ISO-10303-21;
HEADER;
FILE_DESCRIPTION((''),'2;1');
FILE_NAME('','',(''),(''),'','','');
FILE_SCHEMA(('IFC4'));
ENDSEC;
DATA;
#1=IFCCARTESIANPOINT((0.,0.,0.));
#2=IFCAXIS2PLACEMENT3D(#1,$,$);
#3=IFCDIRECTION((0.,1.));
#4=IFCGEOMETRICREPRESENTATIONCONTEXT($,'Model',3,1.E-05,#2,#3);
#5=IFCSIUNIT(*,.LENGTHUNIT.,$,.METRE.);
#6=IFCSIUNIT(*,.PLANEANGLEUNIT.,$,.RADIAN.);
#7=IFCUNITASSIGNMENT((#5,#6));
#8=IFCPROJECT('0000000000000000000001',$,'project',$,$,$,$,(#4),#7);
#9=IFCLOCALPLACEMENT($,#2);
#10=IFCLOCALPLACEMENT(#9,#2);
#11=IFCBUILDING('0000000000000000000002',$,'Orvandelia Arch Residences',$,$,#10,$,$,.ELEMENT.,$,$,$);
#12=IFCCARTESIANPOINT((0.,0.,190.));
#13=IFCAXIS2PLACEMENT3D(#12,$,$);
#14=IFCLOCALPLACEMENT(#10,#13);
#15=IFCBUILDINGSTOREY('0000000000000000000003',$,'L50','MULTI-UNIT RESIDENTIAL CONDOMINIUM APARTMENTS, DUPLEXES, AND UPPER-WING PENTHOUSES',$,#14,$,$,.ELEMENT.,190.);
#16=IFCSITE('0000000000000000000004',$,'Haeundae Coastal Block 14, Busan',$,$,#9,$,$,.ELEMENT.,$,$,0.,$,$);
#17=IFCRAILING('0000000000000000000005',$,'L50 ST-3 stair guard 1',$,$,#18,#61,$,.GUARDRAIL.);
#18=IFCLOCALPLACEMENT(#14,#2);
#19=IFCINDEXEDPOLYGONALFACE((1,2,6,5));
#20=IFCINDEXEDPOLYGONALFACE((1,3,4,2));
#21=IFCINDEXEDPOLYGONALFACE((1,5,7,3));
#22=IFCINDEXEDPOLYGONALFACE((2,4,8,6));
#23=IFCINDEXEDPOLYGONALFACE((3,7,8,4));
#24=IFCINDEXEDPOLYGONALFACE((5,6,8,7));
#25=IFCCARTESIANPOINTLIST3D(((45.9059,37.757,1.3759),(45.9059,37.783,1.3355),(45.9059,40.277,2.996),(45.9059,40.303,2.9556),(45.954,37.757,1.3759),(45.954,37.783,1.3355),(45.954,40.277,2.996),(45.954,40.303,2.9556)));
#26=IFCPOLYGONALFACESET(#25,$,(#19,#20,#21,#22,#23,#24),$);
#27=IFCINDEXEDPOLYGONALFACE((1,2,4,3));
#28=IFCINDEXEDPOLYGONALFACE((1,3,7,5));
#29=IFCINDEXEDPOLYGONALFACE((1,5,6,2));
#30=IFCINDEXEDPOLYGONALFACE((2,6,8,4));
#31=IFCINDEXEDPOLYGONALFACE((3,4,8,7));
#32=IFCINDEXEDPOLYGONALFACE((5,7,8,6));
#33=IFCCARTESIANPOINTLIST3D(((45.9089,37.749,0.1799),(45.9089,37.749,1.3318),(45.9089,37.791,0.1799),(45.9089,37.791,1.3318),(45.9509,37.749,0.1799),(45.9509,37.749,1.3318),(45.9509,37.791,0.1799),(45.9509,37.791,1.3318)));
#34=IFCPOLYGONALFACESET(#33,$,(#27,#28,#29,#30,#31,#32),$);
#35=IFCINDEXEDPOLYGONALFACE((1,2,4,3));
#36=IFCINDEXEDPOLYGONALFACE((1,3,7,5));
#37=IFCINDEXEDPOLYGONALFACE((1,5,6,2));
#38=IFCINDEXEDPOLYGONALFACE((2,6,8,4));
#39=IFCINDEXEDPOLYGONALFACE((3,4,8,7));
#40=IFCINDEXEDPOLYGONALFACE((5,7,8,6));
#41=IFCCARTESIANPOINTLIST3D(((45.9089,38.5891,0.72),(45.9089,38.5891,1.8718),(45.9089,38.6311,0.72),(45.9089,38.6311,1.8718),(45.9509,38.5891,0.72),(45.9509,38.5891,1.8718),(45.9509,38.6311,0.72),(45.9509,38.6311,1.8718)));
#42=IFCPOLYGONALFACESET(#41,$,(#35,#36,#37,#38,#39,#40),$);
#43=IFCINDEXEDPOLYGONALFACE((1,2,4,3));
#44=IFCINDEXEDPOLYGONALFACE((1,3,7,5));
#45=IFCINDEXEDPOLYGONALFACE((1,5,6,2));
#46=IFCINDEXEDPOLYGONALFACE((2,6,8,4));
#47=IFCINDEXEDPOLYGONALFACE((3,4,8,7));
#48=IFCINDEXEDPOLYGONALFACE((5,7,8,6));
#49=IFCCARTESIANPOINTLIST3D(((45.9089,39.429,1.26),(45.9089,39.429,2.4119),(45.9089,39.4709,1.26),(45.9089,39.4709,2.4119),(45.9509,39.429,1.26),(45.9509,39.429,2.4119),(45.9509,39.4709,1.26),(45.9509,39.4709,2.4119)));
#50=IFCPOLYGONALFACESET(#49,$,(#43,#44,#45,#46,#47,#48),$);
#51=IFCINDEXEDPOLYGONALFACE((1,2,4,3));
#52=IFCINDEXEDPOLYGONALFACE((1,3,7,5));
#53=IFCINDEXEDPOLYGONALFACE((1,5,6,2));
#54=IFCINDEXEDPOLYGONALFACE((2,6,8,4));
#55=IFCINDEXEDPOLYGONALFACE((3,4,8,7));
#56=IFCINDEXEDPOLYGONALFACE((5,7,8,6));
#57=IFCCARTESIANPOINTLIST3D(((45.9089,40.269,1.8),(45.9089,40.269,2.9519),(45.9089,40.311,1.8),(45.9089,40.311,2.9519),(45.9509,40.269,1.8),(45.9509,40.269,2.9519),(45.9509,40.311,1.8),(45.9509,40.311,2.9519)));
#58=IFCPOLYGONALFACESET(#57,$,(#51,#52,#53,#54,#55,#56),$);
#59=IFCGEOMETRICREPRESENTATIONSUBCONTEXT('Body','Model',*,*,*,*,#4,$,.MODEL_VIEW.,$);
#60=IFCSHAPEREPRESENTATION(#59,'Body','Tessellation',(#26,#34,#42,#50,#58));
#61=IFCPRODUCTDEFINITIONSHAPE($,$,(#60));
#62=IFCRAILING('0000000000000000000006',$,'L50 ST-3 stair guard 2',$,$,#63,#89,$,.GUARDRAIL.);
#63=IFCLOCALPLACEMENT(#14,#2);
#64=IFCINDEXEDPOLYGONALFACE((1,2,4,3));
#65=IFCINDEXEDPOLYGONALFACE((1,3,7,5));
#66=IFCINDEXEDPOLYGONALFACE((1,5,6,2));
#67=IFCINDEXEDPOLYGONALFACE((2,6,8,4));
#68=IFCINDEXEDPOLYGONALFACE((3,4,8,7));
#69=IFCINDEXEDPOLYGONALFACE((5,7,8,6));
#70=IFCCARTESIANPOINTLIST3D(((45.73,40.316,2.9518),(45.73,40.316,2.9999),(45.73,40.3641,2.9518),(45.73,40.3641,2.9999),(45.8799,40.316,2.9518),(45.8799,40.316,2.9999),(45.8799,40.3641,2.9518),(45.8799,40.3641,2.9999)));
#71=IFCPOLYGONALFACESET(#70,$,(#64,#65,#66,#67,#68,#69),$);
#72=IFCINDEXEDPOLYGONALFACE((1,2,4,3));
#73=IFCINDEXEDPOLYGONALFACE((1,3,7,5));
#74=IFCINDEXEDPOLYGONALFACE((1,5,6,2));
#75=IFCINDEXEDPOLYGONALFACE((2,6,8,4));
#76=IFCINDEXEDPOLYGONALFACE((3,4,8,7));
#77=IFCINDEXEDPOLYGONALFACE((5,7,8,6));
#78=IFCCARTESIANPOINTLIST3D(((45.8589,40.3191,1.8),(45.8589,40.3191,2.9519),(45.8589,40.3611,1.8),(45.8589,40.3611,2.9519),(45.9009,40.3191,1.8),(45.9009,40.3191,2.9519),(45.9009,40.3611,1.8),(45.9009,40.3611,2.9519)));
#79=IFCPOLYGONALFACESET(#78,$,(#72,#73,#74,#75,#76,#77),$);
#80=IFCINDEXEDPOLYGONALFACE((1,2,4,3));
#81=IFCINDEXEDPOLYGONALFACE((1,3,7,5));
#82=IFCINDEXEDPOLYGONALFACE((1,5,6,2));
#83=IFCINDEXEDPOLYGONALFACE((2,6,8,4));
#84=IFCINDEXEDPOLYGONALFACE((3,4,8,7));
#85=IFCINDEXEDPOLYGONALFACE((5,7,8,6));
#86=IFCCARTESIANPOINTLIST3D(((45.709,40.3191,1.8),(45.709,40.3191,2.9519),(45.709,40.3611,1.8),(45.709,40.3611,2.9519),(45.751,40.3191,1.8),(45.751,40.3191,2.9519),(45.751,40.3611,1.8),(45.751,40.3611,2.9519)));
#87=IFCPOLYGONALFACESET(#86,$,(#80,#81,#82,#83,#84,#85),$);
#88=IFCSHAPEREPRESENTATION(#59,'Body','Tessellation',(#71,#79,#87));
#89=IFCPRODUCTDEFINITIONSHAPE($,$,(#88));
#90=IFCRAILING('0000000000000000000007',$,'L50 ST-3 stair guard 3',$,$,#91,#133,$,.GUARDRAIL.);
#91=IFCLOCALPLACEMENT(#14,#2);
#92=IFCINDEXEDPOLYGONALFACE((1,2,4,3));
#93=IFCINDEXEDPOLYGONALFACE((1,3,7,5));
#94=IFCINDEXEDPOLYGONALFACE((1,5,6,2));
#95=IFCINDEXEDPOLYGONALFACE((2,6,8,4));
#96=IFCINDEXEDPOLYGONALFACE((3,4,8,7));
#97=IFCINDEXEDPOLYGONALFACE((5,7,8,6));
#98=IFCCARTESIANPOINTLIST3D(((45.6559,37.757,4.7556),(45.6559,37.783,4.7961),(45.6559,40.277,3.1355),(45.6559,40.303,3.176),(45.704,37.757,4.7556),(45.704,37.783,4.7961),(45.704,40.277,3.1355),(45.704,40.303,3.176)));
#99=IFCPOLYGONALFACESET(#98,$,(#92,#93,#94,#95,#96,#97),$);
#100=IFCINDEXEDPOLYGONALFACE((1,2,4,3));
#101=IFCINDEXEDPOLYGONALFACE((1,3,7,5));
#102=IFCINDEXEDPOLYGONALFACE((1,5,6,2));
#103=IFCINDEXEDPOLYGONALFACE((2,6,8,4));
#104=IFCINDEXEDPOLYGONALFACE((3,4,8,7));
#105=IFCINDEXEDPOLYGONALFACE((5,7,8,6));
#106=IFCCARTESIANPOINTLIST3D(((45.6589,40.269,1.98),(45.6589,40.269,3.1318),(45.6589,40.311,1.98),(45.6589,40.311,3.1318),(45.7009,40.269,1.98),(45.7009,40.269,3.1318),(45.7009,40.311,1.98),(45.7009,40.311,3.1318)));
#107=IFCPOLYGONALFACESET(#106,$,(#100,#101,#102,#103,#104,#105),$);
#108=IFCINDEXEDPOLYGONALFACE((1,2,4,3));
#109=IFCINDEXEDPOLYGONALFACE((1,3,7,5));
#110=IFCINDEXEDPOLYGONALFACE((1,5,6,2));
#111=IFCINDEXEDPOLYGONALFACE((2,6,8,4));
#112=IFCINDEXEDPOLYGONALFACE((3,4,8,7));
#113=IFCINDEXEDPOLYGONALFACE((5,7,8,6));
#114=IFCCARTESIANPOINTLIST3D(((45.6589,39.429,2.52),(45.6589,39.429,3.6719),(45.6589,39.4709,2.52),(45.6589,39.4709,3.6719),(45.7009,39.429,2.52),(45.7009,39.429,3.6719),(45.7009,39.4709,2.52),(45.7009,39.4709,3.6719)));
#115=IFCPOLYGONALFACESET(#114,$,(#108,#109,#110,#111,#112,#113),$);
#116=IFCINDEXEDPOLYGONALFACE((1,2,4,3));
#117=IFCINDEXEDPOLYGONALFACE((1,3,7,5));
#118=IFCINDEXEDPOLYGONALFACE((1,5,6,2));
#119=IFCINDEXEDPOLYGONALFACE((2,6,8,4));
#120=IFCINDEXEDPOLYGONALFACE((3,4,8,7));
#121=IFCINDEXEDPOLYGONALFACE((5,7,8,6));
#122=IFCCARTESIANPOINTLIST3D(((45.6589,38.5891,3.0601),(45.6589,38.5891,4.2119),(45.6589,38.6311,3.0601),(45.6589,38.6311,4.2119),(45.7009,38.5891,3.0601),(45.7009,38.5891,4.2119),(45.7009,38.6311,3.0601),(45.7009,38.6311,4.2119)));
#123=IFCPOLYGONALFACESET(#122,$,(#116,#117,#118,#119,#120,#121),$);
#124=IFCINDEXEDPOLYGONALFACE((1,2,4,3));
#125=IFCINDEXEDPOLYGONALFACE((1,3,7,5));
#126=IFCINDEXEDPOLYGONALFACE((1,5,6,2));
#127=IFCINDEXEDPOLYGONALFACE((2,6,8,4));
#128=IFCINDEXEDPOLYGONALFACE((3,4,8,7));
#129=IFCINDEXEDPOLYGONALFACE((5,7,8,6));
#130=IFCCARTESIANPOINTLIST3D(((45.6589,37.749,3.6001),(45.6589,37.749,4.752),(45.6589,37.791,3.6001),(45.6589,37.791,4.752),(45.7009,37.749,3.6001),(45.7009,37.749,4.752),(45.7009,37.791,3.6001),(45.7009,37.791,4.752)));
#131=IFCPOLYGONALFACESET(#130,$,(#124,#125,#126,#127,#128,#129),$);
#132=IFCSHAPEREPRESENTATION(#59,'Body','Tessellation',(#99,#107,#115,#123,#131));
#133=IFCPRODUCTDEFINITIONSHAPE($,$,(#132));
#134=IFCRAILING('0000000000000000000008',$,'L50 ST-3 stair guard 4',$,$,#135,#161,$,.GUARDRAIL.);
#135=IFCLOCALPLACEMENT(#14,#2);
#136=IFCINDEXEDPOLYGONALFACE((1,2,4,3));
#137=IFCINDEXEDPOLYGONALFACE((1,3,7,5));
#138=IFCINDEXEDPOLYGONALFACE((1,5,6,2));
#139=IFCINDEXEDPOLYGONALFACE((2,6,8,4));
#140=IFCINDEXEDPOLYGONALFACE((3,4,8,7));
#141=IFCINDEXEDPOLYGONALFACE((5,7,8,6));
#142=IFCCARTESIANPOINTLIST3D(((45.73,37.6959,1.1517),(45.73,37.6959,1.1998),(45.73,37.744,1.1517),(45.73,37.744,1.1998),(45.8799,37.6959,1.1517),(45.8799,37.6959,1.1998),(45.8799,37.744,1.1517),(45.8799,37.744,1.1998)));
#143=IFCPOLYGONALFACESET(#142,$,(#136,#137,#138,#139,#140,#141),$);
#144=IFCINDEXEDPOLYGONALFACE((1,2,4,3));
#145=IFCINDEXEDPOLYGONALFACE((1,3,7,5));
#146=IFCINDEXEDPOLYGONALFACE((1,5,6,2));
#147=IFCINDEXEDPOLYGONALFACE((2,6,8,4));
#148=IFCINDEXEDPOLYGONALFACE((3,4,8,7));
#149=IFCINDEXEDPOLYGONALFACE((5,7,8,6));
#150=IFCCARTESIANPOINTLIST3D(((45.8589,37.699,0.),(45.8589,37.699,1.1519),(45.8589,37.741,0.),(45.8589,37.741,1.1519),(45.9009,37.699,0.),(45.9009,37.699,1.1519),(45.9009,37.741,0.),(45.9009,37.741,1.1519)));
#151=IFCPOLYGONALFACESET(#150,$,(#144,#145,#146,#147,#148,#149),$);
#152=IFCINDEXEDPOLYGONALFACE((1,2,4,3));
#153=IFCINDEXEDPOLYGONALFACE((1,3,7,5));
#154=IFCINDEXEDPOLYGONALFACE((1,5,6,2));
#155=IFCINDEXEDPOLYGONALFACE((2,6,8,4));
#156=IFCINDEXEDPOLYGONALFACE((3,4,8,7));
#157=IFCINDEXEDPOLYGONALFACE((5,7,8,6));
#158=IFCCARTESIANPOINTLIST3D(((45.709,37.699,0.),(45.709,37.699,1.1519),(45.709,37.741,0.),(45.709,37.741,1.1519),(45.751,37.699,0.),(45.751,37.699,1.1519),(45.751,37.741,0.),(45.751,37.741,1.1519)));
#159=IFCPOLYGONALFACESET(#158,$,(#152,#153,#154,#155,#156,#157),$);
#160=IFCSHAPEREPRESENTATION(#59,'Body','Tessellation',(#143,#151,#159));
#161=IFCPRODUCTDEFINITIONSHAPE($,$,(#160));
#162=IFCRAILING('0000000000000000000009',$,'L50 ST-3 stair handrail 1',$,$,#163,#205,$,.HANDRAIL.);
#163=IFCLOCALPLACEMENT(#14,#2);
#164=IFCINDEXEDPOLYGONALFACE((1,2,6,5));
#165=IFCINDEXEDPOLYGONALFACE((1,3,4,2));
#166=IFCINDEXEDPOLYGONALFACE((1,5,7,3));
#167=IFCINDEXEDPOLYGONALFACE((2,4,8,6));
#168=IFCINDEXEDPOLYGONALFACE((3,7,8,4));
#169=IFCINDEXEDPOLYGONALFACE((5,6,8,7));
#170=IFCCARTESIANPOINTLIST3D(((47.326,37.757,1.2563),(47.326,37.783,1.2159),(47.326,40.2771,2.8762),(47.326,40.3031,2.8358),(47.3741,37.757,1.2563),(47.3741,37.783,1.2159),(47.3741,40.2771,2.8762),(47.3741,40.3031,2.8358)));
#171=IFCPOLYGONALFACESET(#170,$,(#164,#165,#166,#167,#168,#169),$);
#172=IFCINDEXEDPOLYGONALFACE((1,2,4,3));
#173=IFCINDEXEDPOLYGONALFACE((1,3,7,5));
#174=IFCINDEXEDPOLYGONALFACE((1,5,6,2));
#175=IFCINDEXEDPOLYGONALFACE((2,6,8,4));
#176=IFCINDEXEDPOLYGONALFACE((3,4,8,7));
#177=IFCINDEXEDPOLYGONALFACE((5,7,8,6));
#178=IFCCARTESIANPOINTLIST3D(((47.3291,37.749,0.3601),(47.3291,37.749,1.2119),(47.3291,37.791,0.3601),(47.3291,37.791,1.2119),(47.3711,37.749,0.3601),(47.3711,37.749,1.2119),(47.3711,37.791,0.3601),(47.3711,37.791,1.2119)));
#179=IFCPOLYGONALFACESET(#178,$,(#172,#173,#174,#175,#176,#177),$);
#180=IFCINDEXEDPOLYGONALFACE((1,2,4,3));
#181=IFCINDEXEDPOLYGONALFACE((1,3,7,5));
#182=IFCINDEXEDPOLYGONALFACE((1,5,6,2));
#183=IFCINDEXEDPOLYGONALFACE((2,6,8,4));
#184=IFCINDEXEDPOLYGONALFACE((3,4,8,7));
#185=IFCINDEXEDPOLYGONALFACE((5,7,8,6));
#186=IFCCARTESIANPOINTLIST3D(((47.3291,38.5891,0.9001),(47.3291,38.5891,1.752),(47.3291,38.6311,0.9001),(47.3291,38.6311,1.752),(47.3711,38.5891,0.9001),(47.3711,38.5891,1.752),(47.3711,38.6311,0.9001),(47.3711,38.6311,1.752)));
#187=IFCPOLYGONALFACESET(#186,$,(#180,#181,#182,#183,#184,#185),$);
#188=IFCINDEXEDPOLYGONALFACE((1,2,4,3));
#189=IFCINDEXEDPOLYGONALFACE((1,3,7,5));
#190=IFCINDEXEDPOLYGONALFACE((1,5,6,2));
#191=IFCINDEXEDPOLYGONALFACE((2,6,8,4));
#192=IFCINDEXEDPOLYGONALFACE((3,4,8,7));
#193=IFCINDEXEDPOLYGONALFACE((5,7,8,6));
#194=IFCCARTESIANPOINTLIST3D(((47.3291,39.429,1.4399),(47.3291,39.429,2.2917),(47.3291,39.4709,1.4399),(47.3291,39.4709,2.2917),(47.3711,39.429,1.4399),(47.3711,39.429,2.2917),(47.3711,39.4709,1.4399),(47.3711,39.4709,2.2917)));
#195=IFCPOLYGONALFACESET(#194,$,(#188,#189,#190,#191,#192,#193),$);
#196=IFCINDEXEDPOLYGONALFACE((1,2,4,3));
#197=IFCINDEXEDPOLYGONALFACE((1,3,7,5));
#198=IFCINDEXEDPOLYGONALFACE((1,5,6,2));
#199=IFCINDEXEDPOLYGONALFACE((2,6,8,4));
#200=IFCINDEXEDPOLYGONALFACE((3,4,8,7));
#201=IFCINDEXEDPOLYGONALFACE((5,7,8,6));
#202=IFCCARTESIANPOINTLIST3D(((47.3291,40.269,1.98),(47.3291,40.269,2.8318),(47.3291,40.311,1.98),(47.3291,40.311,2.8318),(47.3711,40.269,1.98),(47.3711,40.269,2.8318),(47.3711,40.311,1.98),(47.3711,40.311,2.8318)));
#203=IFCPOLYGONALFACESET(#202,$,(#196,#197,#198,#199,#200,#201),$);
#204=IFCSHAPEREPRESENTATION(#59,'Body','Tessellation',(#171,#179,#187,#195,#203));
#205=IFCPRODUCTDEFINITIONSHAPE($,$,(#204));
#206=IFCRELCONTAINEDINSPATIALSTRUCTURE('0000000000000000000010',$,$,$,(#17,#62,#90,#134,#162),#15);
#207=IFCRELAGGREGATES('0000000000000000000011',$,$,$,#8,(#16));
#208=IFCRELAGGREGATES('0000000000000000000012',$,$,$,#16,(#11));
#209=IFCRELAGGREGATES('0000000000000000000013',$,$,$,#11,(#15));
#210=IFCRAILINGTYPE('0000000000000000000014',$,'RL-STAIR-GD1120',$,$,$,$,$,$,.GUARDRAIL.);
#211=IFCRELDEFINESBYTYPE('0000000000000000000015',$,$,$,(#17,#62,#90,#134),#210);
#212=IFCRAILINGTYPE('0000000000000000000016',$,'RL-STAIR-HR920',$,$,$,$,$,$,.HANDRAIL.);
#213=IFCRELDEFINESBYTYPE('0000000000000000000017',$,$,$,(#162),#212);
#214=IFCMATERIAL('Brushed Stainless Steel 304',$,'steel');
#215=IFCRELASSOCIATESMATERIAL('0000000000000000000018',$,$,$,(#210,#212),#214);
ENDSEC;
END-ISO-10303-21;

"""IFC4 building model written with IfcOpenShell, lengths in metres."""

from ifc_helpers import new_model, si_unit, direction, frame, origin, origin_2d, place, context, subcontext, project, spatial, rectangle, extrude, material, type_object, element, save


model = new_model("IFC4")

# Units and contexts
model_context = context("Model", 3, precision=1e-05, world=origin(), true_north=direction((0.0, 1.0)))
body_context = subcontext(model_context, "Body", "Model", "MODEL_VIEW")
ifc_project = project(units=[si_unit("LENGTHUNIT", "METRE"), si_unit("PLANEANGLEUNIT", "RADIAN")], contexts=[model_context])

# Site, building, storey
site_placement = place(None, origin())
site = spatial("IfcSite", under=ifc_project, at=site_placement, Name="Haeundae Coastal Block 14, Busan", CompositionType="ELEMENT", RefElevation=0.0)
building_placement = place(site_placement, origin())
building = spatial("IfcBuilding", under=site, at=building_placement, Name="Orvandelia Arch Residences", CompositionType="ELEMENT")
storey_placement = place(building_placement, frame((0.0, 0.0, 190.0)))
storey = spatial("IfcBuildingStorey", under=building, at=storey_placement, Name="L50", Description="MULTI-UNIT RESIDENTIAL CONDOMINIUM APARTMENTS, DUPLEXES, AND UPPER-WING PENTHOUSES", CompositionType="ELEMENT", Elevation=190.0)

# Railings
ifc_material_1 = material(Name="Brushed Stainless Steel 304", Category="steel")
railing_type_1 = type_object("IfcRailingType", Name="RL-STAIR-GD1120", PredefinedType="GUARDRAIL", material=ifc_material_1)
railing_1_placement = place(storey_placement, frame((45.9299, 37.77, 0.1799)))
element("IfcRailing", 1, at=railing_1_placement, inside=storey, type_object=railing_type_1, Name="L50 ST-3 stair guard 1", PredefinedType="GUARDRAIL", context=body_context, shape_type="SweptSolid", body=[
    extrude(rectangle(XDim=0.0481, YDim=0.0481, at=origin_2d()), frame((0.0, 0.0, 1.1758), z_axis=(0.0, 0.841163, 0.540782), x_axis=(-1.0, 0.0, 0.0)), (0.0, 0.0, 1.0), 2.9958),
    extrude(rectangle(XDim=0.042, YDim=0.042, at=origin_2d()), origin(), (0.0, 0.0, 1.0), 1.1519),
    extrude(rectangle(XDim=0.042, YDim=0.042, at=origin_2d()), frame((0.0, 0.8401, 0.54)), (0.0, 0.0, 1.0), 1.1519),
    extrude(rectangle(XDim=0.042, YDim=0.042, at=origin_2d()), frame((0.0, 1.6799, 1.0801)), (0.0, 0.0, 1.0), 1.1519),
    extrude(rectangle(XDim=0.042, YDim=0.042, at=origin_2d()), frame((0.0, 2.52, 1.6201)), (0.0, 0.0, 1.0), 1.1519),
])
railing_2_placement = place(storey_placement, frame((45.8799, 40.3401, 1.8)))
element("IfcRailing", 2, at=railing_2_placement, inside=storey, type_object=railing_type_1, Name="L50 ST-3 stair guard 2", PredefinedType="GUARDRAIL", context=body_context, shape_type="SweptSolid", body=[
    extrude(rectangle(XDim=0.0481, YDim=0.0481, at=origin_2d()), frame((0.0, 0.0, 1.1758), z_axis=(-1.0, 0.0, 0.0), x_axis=(0.0, -1.0, 0.0)), (0.0, 0.0, 1.0), 0.1499),
    extrude(rectangle(XDim=0.042, YDim=0.042, at=origin_2d()), origin(), (0.0, 0.0, 1.0), 1.1519),
    extrude(rectangle(XDim=0.042, YDim=0.042, at=origin_2d()), frame((-0.1499, 0.0, 0.0)), (0.0, 0.0, 1.0), 1.1519),
])
railing_3_placement = place(storey_placement, frame((45.6799, 40.29, 1.98)))
element("IfcRailing", 3, at=railing_3_placement, inside=storey, type_object=railing_type_1, Name="L50 ST-3 stair guard 3", PredefinedType="GUARDRAIL", context=body_context, shape_type="SweptSolid", body=[
    extrude(rectangle(XDim=0.0481, YDim=0.0481, at=origin_2d()), frame((0.0, 0.0, 1.1758), z_axis=(0.0, -0.841163, 0.540782), x_axis=(1.0, 0.0, 0.0)), (0.0, 0.0, 1.0), 2.9958),
    extrude(rectangle(XDim=0.042, YDim=0.042, at=origin_2d()), origin(), (0.0, 0.0, 1.0), 1.1519),
    extrude(rectangle(XDim=0.042, YDim=0.042, at=origin_2d()), frame((0.0, -0.8401, 0.54)), (0.0, 0.0, 1.0), 1.1519),
    extrude(rectangle(XDim=0.042, YDim=0.042, at=origin_2d()), frame((0.0, -1.6799, 1.0801)), (0.0, 0.0, 1.0), 1.1519),
    extrude(rectangle(XDim=0.042, YDim=0.042, at=origin_2d()), frame((0.0, -2.52, 1.6201)), (0.0, 0.0, 1.0), 1.1519),
])
railing_4_placement = place(storey_placement, frame((45.8799, 37.72, 0.0)))
element("IfcRailing", 4, at=railing_4_placement, inside=storey, type_object=railing_type_1, Name="L50 ST-3 stair guard 4", PredefinedType="GUARDRAIL", context=body_context, shape_type="SweptSolid", body=[
    extrude(rectangle(XDim=0.0481, YDim=0.0481, at=origin_2d()), frame((0.0, 0.0, 1.1758), z_axis=(-1.0, 0.0, 0.0), x_axis=(0.0, -1.0, 0.0)), (0.0, 0.0, 1.0), 0.1499),
    extrude(rectangle(XDim=0.042, YDim=0.042, at=origin_2d()), origin(), (0.0, 0.0, 1.0), 1.1519),
    extrude(rectangle(XDim=0.042, YDim=0.042, at=origin_2d()), frame((-0.1499, 0.0, 0.0)), (0.0, 0.0, 1.0), 1.1519),
])
railing_type_2 = type_object("IfcRailingType", Name="RL-STAIR-HR920", PredefinedType="HANDRAIL", material=ifc_material_1)
railing_5_placement = place(storey_placement, frame((47.3501, 37.77, 0.3601)))
element("IfcRailing", 5, at=railing_5_placement, inside=storey, type_object=railing_type_2, Name="L50 ST-3 stair handrail 1", PredefinedType="HANDRAIL", context=body_context, shape_type="SweptSolid", body=[
    extrude(rectangle(XDim=0.0481, YDim=0.0481, at=origin_2d()), frame((0.0, 0.0, 0.876), z_axis=(0.0, 0.8412, 0.540725), x_axis=(-1.0, 0.0, 0.0)), (0.0, 0.0, 1.0), 2.9958),
    extrude(rectangle(XDim=0.042, YDim=0.042, at=origin_2d()), origin(), (0.0, 0.0, 1.0), 0.8518),
    extrude(rectangle(XDim=0.042, YDim=0.042, at=origin_2d()), frame((0.0, 0.8401, 0.54)), (0.0, 0.0, 1.0), 0.8518),
    extrude(rectangle(XDim=0.042, YDim=0.042, at=origin_2d()), frame((0.0, 1.6799, 1.0798)), (0.0, 0.0, 1.0), 0.8518),
    extrude(rectangle(XDim=0.042, YDim=0.042, at=origin_2d()), frame((0.0, 2.52, 1.6199)), (0.0, 0.0, 1.0), 0.8518),
])

save(model, "model.ifc")
